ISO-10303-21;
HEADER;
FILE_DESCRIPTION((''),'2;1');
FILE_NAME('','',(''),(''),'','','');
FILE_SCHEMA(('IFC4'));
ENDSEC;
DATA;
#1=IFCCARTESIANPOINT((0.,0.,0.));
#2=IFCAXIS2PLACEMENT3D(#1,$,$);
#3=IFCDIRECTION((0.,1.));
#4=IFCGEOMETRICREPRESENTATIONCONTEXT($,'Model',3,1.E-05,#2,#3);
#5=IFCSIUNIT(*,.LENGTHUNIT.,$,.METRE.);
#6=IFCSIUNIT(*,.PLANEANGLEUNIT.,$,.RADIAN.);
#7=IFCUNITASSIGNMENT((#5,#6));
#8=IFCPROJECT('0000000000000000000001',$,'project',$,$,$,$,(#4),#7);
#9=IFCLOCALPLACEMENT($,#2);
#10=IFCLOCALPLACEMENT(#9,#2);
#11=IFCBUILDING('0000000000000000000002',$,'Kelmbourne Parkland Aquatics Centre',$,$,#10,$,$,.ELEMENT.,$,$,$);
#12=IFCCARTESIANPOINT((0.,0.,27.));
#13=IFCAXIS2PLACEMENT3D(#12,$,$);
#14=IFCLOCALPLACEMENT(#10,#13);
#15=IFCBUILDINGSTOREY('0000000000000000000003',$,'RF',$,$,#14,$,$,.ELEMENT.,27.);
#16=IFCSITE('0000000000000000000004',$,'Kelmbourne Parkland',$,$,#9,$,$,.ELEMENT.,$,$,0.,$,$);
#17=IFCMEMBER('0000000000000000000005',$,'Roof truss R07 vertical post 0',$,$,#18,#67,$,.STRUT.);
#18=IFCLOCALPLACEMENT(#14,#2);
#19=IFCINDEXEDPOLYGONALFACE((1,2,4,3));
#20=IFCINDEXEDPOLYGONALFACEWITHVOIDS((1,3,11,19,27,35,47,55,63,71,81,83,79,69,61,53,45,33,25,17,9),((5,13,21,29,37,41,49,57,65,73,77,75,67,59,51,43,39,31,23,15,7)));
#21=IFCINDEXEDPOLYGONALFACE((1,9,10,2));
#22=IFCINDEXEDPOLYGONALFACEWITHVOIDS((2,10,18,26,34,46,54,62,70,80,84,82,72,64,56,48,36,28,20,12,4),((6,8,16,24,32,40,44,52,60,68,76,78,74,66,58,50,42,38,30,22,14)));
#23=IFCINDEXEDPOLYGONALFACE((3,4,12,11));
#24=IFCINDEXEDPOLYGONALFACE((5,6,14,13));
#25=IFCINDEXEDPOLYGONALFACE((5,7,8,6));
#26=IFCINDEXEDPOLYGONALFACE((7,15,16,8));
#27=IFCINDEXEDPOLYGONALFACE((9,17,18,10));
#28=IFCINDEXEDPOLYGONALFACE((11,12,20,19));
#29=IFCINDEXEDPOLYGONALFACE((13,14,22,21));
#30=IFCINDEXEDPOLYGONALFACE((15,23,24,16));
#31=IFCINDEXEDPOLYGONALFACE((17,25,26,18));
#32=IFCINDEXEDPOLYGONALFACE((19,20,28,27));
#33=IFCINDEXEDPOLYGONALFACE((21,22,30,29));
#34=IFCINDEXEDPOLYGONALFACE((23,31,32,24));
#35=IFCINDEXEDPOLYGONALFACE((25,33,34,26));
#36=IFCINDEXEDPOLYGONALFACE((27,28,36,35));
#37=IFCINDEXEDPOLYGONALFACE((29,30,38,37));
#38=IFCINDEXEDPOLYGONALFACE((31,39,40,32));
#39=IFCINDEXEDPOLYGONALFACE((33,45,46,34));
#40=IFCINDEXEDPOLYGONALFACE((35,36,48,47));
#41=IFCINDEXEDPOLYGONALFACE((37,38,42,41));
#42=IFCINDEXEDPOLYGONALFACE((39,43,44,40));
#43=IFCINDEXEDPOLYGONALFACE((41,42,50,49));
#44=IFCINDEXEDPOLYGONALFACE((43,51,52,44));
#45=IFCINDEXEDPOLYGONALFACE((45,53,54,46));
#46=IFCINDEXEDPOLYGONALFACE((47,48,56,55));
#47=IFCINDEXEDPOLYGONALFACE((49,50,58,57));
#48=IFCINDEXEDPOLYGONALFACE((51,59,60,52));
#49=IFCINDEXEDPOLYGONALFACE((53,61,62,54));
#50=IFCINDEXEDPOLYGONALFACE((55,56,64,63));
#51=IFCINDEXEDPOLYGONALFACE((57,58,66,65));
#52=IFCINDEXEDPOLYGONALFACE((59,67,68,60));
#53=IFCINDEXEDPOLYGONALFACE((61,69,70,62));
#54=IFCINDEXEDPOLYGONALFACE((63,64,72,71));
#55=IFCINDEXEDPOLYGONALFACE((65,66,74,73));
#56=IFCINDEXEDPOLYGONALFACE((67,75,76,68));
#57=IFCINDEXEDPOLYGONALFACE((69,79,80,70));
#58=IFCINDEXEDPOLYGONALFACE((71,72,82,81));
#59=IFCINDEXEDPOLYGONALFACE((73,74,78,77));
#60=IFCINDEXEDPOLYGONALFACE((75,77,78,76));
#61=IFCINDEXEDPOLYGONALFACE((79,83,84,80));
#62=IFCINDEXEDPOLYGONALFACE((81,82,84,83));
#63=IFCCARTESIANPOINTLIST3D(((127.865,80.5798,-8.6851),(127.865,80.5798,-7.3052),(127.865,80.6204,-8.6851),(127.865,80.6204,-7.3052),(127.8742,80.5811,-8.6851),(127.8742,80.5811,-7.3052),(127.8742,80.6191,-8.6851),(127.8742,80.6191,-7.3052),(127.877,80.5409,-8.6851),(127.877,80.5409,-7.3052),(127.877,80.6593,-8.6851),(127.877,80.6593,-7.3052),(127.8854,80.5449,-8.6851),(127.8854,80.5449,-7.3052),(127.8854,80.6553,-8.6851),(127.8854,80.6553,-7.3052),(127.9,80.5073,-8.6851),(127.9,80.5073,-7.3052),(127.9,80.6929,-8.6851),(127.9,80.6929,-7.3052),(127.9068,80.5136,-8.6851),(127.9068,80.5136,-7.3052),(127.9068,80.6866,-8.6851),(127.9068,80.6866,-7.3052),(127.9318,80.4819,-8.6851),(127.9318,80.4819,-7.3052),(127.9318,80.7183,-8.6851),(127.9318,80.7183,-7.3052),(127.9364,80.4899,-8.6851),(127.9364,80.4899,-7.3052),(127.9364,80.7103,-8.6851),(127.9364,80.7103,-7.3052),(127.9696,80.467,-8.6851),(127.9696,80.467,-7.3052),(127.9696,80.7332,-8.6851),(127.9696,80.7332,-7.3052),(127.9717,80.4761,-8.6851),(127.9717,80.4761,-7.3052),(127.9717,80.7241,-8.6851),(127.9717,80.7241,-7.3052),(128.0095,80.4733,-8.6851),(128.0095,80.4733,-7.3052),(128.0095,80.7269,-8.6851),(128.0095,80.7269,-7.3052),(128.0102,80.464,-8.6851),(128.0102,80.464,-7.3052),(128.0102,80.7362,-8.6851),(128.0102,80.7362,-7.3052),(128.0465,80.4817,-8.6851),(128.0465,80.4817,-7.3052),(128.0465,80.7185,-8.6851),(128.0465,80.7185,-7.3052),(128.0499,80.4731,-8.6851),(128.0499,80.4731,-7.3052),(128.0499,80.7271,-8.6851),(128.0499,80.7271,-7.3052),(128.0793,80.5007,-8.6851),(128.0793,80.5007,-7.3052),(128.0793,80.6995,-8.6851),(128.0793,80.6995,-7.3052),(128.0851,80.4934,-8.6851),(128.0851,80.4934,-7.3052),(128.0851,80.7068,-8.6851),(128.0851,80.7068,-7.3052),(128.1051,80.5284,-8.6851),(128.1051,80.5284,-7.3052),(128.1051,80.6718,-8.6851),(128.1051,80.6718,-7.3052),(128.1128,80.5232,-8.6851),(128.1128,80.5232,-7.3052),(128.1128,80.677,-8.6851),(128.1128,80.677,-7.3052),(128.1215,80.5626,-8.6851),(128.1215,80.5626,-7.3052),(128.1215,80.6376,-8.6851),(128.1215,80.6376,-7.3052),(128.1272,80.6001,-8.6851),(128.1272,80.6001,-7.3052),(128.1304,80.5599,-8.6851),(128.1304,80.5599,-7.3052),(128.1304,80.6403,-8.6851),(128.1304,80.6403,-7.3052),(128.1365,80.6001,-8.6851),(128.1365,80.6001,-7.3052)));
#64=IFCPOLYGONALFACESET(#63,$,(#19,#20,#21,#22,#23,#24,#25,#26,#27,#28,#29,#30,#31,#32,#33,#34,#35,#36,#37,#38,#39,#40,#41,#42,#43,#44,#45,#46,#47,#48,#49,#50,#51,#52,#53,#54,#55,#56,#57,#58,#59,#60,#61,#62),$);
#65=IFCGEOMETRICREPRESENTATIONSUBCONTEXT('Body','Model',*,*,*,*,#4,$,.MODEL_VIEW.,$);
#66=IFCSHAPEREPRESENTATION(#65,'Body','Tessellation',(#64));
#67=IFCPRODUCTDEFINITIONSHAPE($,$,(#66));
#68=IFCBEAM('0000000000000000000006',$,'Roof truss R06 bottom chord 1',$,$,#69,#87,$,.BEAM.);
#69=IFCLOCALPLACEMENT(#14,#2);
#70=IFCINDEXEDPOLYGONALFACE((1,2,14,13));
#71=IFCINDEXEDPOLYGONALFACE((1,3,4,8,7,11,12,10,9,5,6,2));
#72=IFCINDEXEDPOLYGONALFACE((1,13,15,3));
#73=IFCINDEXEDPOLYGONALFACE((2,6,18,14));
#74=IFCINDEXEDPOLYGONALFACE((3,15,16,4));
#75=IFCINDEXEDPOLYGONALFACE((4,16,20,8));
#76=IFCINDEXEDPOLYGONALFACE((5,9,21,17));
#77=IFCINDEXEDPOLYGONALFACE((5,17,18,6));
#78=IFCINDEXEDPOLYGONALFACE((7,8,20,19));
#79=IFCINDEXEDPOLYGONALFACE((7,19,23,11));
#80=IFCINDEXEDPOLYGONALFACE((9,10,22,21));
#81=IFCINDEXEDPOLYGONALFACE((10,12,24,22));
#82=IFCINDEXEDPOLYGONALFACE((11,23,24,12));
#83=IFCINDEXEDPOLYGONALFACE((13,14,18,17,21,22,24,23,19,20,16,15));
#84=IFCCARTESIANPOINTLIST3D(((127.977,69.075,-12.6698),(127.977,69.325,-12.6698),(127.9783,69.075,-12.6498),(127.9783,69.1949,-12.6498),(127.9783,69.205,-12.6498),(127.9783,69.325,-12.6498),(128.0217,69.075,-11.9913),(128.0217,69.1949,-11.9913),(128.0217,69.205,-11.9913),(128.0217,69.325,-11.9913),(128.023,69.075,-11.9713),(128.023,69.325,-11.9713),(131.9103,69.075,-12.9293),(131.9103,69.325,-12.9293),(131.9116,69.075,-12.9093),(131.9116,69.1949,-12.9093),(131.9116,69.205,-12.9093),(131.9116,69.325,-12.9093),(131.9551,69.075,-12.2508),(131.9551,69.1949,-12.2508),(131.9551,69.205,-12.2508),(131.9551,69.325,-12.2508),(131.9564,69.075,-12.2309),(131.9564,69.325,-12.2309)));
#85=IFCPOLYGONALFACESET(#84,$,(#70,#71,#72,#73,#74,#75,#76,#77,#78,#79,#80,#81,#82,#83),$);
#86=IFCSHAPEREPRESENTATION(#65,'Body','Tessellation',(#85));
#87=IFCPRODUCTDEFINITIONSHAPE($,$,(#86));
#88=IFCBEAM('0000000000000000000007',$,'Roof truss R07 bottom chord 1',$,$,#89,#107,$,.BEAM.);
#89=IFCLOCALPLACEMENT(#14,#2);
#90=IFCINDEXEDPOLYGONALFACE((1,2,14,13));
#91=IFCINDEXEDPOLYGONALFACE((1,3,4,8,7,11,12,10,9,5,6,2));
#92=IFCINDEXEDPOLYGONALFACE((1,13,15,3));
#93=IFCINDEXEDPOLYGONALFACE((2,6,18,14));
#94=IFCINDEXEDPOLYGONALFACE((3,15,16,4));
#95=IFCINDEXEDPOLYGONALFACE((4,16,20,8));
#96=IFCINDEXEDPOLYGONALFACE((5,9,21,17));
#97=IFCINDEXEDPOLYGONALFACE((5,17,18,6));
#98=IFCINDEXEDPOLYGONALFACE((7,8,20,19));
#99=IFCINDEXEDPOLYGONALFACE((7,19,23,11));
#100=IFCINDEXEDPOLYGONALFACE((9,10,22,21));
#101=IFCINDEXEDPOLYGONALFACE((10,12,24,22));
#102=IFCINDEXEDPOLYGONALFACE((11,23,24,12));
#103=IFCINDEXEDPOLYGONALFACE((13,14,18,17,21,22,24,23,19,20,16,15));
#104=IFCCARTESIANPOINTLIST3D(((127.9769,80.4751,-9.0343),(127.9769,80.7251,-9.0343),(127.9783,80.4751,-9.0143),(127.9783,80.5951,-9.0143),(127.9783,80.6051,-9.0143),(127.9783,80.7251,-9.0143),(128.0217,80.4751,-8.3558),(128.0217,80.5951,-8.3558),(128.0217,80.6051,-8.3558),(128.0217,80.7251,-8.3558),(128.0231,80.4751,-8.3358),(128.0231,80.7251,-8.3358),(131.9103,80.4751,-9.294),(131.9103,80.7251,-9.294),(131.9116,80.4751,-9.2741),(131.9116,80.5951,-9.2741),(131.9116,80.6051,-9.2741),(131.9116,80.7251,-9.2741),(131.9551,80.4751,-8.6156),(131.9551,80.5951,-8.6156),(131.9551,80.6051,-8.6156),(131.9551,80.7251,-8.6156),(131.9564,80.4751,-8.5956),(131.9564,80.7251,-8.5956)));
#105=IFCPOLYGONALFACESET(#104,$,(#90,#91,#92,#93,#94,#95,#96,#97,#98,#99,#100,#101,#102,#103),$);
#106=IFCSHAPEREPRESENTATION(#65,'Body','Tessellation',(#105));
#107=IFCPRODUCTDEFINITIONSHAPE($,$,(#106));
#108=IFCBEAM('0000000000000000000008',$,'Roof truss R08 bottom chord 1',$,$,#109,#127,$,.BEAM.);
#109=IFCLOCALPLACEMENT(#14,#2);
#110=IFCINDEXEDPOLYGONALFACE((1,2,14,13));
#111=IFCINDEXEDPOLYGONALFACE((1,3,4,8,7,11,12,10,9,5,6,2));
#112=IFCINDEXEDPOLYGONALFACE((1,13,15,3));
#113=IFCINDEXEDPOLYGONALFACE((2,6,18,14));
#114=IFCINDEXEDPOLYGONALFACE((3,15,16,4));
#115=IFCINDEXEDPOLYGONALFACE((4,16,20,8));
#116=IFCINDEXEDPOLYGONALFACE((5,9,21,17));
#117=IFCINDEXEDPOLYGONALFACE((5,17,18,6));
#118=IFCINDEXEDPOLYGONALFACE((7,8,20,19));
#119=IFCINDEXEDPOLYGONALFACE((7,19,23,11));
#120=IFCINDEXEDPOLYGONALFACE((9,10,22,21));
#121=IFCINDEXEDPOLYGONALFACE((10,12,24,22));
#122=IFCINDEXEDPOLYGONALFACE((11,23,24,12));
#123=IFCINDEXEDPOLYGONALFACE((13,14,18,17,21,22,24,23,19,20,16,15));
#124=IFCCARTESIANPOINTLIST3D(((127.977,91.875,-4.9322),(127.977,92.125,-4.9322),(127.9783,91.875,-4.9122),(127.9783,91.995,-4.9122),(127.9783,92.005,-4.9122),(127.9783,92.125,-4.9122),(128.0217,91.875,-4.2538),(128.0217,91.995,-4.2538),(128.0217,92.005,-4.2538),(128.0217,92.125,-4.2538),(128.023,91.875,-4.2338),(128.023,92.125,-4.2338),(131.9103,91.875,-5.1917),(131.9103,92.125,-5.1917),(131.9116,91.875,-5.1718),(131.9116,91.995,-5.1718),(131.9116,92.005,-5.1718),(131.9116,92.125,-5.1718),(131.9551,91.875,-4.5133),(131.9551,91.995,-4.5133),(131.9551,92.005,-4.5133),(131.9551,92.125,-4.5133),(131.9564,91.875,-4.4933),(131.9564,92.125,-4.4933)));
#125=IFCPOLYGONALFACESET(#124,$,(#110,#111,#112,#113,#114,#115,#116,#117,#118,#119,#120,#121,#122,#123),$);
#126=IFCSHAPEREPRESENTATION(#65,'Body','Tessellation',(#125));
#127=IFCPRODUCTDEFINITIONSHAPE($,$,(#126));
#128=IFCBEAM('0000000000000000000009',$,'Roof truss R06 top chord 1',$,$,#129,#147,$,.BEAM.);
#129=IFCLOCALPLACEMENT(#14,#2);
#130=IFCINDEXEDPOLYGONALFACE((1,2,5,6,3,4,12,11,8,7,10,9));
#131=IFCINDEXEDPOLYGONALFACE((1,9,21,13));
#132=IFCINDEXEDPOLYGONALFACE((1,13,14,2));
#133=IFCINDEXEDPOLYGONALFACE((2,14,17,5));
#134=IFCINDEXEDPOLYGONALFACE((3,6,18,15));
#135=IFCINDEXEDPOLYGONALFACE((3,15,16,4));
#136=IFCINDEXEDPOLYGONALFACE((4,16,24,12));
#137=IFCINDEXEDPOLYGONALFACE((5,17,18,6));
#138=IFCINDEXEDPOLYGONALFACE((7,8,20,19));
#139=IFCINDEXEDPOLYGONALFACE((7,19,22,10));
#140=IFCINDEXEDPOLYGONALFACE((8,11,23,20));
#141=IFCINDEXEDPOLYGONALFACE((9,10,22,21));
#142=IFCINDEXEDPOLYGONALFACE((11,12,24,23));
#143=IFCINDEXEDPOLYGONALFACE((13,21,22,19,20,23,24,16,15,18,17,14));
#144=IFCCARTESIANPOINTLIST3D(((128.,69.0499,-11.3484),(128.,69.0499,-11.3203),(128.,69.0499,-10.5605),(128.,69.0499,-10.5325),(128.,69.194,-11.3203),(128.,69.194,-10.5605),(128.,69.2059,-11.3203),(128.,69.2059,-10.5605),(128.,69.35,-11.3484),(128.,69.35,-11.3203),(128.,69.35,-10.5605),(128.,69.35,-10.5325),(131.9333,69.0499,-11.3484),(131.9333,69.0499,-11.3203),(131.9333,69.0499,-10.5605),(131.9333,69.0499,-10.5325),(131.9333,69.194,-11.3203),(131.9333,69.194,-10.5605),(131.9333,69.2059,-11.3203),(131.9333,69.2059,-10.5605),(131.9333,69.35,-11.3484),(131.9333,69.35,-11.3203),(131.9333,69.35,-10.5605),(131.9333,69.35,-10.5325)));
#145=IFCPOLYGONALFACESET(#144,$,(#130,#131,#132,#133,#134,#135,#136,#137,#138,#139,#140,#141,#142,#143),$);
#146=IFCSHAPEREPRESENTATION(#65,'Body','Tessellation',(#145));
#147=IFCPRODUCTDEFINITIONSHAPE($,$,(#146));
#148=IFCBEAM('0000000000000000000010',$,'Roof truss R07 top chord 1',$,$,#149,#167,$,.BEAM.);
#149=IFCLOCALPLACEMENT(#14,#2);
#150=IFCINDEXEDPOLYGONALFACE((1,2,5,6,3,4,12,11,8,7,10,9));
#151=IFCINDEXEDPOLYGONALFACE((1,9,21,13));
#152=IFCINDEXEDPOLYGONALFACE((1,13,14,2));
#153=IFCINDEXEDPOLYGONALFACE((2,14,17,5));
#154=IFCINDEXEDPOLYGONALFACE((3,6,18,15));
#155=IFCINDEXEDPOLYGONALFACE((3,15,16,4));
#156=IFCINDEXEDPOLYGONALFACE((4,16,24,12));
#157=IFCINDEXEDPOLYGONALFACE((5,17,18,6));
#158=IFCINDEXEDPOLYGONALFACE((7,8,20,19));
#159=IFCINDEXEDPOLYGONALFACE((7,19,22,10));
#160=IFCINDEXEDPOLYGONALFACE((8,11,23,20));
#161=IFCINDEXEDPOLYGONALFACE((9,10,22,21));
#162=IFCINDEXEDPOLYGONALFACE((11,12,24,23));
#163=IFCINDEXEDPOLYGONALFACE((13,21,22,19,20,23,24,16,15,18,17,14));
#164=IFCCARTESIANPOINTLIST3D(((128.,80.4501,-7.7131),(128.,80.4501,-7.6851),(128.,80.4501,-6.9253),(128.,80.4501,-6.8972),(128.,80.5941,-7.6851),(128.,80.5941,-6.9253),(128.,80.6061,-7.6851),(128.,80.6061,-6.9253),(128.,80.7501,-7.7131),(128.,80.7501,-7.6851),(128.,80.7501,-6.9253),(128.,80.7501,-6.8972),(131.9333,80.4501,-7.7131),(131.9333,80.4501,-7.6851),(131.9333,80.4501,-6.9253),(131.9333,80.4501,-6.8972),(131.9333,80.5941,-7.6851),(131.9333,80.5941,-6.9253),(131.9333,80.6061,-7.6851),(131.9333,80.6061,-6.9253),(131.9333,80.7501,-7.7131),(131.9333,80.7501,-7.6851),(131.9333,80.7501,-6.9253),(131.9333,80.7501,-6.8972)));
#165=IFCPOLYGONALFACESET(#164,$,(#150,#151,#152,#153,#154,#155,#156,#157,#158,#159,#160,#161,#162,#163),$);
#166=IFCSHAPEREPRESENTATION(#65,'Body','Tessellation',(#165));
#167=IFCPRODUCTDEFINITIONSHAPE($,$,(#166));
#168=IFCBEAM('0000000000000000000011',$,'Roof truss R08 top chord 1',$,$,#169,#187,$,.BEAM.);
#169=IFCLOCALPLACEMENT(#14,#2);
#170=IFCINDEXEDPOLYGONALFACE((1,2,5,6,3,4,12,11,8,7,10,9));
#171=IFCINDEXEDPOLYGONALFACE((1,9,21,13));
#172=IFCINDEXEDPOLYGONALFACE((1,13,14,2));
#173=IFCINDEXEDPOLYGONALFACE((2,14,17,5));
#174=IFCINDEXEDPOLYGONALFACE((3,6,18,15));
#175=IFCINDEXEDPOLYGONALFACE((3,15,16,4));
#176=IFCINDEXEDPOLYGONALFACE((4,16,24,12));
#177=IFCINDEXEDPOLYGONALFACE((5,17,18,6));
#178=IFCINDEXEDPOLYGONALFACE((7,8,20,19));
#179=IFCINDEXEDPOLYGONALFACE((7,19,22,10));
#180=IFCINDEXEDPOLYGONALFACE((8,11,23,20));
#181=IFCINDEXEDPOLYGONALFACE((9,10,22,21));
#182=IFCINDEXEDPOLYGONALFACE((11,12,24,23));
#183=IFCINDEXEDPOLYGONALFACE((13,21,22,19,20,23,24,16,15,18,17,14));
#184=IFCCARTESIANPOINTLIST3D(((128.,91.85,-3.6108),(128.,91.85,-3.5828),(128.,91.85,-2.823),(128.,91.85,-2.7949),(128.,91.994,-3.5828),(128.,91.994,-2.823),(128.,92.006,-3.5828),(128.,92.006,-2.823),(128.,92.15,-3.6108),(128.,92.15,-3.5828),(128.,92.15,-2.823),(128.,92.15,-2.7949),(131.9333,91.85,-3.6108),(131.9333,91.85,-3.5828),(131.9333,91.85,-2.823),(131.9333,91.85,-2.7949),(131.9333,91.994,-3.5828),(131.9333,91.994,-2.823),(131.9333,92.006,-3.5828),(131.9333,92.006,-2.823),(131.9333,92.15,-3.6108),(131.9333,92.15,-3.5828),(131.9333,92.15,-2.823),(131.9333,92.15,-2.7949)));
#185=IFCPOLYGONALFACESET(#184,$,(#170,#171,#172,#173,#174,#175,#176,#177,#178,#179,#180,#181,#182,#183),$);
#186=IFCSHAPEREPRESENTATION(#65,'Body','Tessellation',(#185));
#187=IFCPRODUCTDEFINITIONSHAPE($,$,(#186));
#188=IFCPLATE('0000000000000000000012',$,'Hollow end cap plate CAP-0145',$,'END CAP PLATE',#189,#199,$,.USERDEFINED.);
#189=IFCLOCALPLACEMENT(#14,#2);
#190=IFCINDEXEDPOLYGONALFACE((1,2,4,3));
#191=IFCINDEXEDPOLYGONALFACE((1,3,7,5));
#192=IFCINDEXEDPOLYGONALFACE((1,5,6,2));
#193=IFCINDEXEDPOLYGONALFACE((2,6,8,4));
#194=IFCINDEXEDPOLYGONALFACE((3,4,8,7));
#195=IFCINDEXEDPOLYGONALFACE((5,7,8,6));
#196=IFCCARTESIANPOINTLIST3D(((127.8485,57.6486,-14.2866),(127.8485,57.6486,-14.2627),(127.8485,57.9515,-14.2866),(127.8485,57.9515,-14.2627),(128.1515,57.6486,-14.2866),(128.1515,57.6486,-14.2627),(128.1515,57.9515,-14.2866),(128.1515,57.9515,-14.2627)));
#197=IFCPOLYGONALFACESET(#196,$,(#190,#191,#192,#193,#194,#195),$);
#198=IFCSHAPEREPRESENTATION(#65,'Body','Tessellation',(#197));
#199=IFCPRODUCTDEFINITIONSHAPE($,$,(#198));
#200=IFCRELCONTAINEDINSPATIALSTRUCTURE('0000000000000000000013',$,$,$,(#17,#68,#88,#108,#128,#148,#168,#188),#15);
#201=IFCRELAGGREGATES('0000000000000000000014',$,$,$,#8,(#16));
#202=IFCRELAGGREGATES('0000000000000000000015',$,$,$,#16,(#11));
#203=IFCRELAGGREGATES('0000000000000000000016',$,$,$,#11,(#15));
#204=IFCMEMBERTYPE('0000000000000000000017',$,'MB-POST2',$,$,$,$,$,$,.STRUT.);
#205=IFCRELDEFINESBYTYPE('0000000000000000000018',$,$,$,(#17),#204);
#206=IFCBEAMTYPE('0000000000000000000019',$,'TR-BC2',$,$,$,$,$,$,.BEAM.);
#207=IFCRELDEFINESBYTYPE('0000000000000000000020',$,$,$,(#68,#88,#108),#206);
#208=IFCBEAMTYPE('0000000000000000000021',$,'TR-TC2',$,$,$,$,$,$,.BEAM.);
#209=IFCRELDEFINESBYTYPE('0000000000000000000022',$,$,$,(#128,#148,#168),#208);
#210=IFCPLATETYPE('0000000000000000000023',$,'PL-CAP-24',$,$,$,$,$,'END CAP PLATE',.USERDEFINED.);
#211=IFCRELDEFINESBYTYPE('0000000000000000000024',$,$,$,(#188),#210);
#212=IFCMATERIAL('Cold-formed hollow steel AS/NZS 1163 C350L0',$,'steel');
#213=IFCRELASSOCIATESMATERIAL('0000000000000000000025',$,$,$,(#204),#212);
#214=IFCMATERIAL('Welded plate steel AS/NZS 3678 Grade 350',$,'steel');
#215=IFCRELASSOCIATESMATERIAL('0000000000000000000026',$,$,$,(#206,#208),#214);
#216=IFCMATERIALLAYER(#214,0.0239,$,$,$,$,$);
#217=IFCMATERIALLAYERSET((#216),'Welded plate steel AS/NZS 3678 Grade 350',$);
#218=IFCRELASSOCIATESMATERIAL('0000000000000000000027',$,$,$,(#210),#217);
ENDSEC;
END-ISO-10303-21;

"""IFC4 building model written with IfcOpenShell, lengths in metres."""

from ifc_helpers import new_model, si_unit, direction, frame, origin, origin_2d, place, context, subcontext, project, spatial, rectangle, hollow_circle, i_section, extrude, material, layer, layer_set, material_profile, profile_set, type_object, element, save


model = new_model("IFC4")

# Units and contexts
model_context = context("Model", 3, precision=1e-05, world=origin(), true_north=direction((0.0, 1.0)))
body_context = subcontext(model_context, "Body", "Model", "MODEL_VIEW")
ifc_project = project(units=[si_unit("LENGTHUNIT", "METRE"), si_unit("PLANEANGLEUNIT", "RADIAN")], contexts=[model_context])

# Site, building, storey
site_placement = place(None, origin())
site = spatial("IfcSite", under=ifc_project, at=site_placement, Name="Kelmbourne Parkland", CompositionType="ELEMENT", RefElevation=0.0)
building_placement = place(site_placement, origin())
building = spatial("IfcBuilding", under=site, at=building_placement, Name="Kelmbourne Parkland Aquatics Centre", CompositionType="ELEMENT")
storey_placement = place(building_placement, frame((0.0, 0.0, 27.0)))
storey = spatial("IfcBuildingStorey", under=building, at=storey_placement, Name="RF", CompositionType="ELEMENT", Elevation=27.0)

# Member
ifc_material_1 = material(Name="Cold-formed hollow steel AS/NZS 1163 C350L0", Category="steel")
ifc_material_profile_1 = material_profile(ifc_material_1, hollow_circle(Radius=0.1365, WallThickness=0.0093, at=origin_2d()), Name="CHS 273.1x9.3")
ifc_profile_set_1 = profile_set([ifc_material_profile_1], Name="Cold-formed hollow steel AS/NZS 1163 C350L0")
member_type_1 = type_object("IfcMemberType", Name="MB-POST2", PredefinedType="STRUT", material=ifc_profile_set_1)
member_placement = place(storey_placement, frame((128.0, 80.6001, -8.6851), z_axis=(0.0, 0.0, 1.0), x_axis=(1.0, 0.0, 0.0)))
element("IfcMember", 1, at=member_placement, inside=storey, type_object=member_type_1, Name="Roof truss R07 vertical post 0", PredefinedType="STRUT", context=body_context, shape_type="SweptSolid", body=[
    extrude(hollow_circle(Radius=0.1365, WallThickness=0.0093, at=origin_2d()), origin(), (0.0, 0.0, 1.0), 1.3799),
])

# Beams
ifc_material_2 = material(Name="Welded plate steel AS/NZS 3678 Grade 350", Category="steel")
ifc_material_profile_2 = material_profile(ifc_material_2, i_section(OverallWidth=0.25, OverallDepth=0.7, WebThickness=0.01, FlangeThickness=0.02, at=origin_2d()), Name="700WB130")
ifc_profile_set_2 = profile_set([ifc_material_profile_2], Name="Welded plate steel AS/NZS 3678 Grade 350")
beam_type_1 = type_object("IfcBeamType", Name="TR-BC2", PredefinedType="BEAM", material=ifc_profile_set_2)
for number, where, z_axis, x_axis, name in (
    (2, (128.0, 69.2, -12.3206), (0.99783, 0.0, -0.065837), (0.0, 1.0, 0.0), "Roof truss R06 bottom chord 1"),
    (3, (128.0, 80.6001, -8.6851), (0.997826, 0.0, -0.065898), (0.0, 1.0, 0.0), "Roof truss R07 bottom chord 1"),
    (4, (128.0, 92.0, -4.583), (0.99783, 0.0, -0.065837), (0.0, 1.0, 0.0), "Roof truss R08 bottom chord 1"),
):
    element("IfcBeam", number, at=place(storey_placement, frame(where, z_axis=z_axis, x_axis=x_axis)), inside=storey, type_object=beam_type_1, Name=name, PredefinedType="BEAM", context=body_context, shape_type="SweptSolid", body=[
        extrude(i_section(OverallWidth=0.25, OverallDepth=0.7, WebThickness=0.01, FlangeThickness=0.02, at=origin_2d()), origin(), (0.0, 0.0, 1.0), 3.9419),
    ])
ifc_material_profile_3 = material_profile(ifc_material_2, i_section(OverallWidth=0.3, OverallDepth=0.8159, WebThickness=0.012, FlangeThickness=0.0281, at=origin_2d()), Name="800WB192")
ifc_profile_set_3 = profile_set([ifc_material_profile_3], Name="Welded plate steel AS/NZS 3678 Grade 350")
beam_type_2 = type_object("IfcBeamType", Name="TR-TC2", PredefinedType="BEAM", material=ifc_profile_set_3)
for number, where, z_axis, x_axis, name in (
    (5, (128.0, 69.2, -10.9404), (1.0, 0.0, 0.0), (0.0, 1.0, 0.0), "Roof truss R06 top chord 1"),
    (6, (128.0, 80.6001, -7.3052), (1.0, 0.0, 0.0), (0.0, 1.0, 0.0), "Roof truss R07 top chord 1"),
    (7, (128.0, 92.0, -3.2029), (1.0, 0.0, 0.0), (0.0, 1.0, 0.0), "Roof truss R08 top chord 1"),
):
    element("IfcBeam", number, at=place(storey_placement, frame(where, z_axis=z_axis, x_axis=x_axis)), inside=storey, type_object=beam_type_2, Name=name, PredefinedType="BEAM", context=body_context, shape_type="SweptSolid", body=[
        extrude(i_section(OverallWidth=0.3, OverallDepth=0.8159, WebThickness=0.012, FlangeThickness=0.0281, at=origin_2d()), origin(), (0.0, 0.0, 1.0), 3.9333),
    ])

# Plate
ifc_layer_1 = layer(ifc_material_2, 0.0239)
ifc_layer_set_1 = layer_set([ifc_layer_1], Name="Welded plate steel AS/NZS 3678 Grade 350")
plate_type_1 = type_object("IfcPlateType", Name="PL-CAP-24", ElementType="END CAP PLATE", PredefinedType="USERDEFINED", material=ifc_layer_set_1)
for number, where, z_axis, x_axis, name in (
    (8, (128.0, 57.8, -14.2866), (0.0, 0.0, 1.0), (1.0, 0.0, 0.0), "Hollow end cap plate CAP-0145"),
):
    element("IfcPlate", number, at=place(storey_placement, frame(where, z_axis=z_axis, x_axis=x_axis)), inside=storey, type_object=plate_type_1, Name=name, ObjectType="END CAP PLATE", PredefinedType="USERDEFINED", context=body_context, shape_type="SweptSolid", body=[
        extrude(rectangle(XDim=0.303, YDim=0.303, at=origin_2d()), origin(), (0.0, 0.0, 1.0), 0.0239),
    ])

save(model, "model.ifc")
